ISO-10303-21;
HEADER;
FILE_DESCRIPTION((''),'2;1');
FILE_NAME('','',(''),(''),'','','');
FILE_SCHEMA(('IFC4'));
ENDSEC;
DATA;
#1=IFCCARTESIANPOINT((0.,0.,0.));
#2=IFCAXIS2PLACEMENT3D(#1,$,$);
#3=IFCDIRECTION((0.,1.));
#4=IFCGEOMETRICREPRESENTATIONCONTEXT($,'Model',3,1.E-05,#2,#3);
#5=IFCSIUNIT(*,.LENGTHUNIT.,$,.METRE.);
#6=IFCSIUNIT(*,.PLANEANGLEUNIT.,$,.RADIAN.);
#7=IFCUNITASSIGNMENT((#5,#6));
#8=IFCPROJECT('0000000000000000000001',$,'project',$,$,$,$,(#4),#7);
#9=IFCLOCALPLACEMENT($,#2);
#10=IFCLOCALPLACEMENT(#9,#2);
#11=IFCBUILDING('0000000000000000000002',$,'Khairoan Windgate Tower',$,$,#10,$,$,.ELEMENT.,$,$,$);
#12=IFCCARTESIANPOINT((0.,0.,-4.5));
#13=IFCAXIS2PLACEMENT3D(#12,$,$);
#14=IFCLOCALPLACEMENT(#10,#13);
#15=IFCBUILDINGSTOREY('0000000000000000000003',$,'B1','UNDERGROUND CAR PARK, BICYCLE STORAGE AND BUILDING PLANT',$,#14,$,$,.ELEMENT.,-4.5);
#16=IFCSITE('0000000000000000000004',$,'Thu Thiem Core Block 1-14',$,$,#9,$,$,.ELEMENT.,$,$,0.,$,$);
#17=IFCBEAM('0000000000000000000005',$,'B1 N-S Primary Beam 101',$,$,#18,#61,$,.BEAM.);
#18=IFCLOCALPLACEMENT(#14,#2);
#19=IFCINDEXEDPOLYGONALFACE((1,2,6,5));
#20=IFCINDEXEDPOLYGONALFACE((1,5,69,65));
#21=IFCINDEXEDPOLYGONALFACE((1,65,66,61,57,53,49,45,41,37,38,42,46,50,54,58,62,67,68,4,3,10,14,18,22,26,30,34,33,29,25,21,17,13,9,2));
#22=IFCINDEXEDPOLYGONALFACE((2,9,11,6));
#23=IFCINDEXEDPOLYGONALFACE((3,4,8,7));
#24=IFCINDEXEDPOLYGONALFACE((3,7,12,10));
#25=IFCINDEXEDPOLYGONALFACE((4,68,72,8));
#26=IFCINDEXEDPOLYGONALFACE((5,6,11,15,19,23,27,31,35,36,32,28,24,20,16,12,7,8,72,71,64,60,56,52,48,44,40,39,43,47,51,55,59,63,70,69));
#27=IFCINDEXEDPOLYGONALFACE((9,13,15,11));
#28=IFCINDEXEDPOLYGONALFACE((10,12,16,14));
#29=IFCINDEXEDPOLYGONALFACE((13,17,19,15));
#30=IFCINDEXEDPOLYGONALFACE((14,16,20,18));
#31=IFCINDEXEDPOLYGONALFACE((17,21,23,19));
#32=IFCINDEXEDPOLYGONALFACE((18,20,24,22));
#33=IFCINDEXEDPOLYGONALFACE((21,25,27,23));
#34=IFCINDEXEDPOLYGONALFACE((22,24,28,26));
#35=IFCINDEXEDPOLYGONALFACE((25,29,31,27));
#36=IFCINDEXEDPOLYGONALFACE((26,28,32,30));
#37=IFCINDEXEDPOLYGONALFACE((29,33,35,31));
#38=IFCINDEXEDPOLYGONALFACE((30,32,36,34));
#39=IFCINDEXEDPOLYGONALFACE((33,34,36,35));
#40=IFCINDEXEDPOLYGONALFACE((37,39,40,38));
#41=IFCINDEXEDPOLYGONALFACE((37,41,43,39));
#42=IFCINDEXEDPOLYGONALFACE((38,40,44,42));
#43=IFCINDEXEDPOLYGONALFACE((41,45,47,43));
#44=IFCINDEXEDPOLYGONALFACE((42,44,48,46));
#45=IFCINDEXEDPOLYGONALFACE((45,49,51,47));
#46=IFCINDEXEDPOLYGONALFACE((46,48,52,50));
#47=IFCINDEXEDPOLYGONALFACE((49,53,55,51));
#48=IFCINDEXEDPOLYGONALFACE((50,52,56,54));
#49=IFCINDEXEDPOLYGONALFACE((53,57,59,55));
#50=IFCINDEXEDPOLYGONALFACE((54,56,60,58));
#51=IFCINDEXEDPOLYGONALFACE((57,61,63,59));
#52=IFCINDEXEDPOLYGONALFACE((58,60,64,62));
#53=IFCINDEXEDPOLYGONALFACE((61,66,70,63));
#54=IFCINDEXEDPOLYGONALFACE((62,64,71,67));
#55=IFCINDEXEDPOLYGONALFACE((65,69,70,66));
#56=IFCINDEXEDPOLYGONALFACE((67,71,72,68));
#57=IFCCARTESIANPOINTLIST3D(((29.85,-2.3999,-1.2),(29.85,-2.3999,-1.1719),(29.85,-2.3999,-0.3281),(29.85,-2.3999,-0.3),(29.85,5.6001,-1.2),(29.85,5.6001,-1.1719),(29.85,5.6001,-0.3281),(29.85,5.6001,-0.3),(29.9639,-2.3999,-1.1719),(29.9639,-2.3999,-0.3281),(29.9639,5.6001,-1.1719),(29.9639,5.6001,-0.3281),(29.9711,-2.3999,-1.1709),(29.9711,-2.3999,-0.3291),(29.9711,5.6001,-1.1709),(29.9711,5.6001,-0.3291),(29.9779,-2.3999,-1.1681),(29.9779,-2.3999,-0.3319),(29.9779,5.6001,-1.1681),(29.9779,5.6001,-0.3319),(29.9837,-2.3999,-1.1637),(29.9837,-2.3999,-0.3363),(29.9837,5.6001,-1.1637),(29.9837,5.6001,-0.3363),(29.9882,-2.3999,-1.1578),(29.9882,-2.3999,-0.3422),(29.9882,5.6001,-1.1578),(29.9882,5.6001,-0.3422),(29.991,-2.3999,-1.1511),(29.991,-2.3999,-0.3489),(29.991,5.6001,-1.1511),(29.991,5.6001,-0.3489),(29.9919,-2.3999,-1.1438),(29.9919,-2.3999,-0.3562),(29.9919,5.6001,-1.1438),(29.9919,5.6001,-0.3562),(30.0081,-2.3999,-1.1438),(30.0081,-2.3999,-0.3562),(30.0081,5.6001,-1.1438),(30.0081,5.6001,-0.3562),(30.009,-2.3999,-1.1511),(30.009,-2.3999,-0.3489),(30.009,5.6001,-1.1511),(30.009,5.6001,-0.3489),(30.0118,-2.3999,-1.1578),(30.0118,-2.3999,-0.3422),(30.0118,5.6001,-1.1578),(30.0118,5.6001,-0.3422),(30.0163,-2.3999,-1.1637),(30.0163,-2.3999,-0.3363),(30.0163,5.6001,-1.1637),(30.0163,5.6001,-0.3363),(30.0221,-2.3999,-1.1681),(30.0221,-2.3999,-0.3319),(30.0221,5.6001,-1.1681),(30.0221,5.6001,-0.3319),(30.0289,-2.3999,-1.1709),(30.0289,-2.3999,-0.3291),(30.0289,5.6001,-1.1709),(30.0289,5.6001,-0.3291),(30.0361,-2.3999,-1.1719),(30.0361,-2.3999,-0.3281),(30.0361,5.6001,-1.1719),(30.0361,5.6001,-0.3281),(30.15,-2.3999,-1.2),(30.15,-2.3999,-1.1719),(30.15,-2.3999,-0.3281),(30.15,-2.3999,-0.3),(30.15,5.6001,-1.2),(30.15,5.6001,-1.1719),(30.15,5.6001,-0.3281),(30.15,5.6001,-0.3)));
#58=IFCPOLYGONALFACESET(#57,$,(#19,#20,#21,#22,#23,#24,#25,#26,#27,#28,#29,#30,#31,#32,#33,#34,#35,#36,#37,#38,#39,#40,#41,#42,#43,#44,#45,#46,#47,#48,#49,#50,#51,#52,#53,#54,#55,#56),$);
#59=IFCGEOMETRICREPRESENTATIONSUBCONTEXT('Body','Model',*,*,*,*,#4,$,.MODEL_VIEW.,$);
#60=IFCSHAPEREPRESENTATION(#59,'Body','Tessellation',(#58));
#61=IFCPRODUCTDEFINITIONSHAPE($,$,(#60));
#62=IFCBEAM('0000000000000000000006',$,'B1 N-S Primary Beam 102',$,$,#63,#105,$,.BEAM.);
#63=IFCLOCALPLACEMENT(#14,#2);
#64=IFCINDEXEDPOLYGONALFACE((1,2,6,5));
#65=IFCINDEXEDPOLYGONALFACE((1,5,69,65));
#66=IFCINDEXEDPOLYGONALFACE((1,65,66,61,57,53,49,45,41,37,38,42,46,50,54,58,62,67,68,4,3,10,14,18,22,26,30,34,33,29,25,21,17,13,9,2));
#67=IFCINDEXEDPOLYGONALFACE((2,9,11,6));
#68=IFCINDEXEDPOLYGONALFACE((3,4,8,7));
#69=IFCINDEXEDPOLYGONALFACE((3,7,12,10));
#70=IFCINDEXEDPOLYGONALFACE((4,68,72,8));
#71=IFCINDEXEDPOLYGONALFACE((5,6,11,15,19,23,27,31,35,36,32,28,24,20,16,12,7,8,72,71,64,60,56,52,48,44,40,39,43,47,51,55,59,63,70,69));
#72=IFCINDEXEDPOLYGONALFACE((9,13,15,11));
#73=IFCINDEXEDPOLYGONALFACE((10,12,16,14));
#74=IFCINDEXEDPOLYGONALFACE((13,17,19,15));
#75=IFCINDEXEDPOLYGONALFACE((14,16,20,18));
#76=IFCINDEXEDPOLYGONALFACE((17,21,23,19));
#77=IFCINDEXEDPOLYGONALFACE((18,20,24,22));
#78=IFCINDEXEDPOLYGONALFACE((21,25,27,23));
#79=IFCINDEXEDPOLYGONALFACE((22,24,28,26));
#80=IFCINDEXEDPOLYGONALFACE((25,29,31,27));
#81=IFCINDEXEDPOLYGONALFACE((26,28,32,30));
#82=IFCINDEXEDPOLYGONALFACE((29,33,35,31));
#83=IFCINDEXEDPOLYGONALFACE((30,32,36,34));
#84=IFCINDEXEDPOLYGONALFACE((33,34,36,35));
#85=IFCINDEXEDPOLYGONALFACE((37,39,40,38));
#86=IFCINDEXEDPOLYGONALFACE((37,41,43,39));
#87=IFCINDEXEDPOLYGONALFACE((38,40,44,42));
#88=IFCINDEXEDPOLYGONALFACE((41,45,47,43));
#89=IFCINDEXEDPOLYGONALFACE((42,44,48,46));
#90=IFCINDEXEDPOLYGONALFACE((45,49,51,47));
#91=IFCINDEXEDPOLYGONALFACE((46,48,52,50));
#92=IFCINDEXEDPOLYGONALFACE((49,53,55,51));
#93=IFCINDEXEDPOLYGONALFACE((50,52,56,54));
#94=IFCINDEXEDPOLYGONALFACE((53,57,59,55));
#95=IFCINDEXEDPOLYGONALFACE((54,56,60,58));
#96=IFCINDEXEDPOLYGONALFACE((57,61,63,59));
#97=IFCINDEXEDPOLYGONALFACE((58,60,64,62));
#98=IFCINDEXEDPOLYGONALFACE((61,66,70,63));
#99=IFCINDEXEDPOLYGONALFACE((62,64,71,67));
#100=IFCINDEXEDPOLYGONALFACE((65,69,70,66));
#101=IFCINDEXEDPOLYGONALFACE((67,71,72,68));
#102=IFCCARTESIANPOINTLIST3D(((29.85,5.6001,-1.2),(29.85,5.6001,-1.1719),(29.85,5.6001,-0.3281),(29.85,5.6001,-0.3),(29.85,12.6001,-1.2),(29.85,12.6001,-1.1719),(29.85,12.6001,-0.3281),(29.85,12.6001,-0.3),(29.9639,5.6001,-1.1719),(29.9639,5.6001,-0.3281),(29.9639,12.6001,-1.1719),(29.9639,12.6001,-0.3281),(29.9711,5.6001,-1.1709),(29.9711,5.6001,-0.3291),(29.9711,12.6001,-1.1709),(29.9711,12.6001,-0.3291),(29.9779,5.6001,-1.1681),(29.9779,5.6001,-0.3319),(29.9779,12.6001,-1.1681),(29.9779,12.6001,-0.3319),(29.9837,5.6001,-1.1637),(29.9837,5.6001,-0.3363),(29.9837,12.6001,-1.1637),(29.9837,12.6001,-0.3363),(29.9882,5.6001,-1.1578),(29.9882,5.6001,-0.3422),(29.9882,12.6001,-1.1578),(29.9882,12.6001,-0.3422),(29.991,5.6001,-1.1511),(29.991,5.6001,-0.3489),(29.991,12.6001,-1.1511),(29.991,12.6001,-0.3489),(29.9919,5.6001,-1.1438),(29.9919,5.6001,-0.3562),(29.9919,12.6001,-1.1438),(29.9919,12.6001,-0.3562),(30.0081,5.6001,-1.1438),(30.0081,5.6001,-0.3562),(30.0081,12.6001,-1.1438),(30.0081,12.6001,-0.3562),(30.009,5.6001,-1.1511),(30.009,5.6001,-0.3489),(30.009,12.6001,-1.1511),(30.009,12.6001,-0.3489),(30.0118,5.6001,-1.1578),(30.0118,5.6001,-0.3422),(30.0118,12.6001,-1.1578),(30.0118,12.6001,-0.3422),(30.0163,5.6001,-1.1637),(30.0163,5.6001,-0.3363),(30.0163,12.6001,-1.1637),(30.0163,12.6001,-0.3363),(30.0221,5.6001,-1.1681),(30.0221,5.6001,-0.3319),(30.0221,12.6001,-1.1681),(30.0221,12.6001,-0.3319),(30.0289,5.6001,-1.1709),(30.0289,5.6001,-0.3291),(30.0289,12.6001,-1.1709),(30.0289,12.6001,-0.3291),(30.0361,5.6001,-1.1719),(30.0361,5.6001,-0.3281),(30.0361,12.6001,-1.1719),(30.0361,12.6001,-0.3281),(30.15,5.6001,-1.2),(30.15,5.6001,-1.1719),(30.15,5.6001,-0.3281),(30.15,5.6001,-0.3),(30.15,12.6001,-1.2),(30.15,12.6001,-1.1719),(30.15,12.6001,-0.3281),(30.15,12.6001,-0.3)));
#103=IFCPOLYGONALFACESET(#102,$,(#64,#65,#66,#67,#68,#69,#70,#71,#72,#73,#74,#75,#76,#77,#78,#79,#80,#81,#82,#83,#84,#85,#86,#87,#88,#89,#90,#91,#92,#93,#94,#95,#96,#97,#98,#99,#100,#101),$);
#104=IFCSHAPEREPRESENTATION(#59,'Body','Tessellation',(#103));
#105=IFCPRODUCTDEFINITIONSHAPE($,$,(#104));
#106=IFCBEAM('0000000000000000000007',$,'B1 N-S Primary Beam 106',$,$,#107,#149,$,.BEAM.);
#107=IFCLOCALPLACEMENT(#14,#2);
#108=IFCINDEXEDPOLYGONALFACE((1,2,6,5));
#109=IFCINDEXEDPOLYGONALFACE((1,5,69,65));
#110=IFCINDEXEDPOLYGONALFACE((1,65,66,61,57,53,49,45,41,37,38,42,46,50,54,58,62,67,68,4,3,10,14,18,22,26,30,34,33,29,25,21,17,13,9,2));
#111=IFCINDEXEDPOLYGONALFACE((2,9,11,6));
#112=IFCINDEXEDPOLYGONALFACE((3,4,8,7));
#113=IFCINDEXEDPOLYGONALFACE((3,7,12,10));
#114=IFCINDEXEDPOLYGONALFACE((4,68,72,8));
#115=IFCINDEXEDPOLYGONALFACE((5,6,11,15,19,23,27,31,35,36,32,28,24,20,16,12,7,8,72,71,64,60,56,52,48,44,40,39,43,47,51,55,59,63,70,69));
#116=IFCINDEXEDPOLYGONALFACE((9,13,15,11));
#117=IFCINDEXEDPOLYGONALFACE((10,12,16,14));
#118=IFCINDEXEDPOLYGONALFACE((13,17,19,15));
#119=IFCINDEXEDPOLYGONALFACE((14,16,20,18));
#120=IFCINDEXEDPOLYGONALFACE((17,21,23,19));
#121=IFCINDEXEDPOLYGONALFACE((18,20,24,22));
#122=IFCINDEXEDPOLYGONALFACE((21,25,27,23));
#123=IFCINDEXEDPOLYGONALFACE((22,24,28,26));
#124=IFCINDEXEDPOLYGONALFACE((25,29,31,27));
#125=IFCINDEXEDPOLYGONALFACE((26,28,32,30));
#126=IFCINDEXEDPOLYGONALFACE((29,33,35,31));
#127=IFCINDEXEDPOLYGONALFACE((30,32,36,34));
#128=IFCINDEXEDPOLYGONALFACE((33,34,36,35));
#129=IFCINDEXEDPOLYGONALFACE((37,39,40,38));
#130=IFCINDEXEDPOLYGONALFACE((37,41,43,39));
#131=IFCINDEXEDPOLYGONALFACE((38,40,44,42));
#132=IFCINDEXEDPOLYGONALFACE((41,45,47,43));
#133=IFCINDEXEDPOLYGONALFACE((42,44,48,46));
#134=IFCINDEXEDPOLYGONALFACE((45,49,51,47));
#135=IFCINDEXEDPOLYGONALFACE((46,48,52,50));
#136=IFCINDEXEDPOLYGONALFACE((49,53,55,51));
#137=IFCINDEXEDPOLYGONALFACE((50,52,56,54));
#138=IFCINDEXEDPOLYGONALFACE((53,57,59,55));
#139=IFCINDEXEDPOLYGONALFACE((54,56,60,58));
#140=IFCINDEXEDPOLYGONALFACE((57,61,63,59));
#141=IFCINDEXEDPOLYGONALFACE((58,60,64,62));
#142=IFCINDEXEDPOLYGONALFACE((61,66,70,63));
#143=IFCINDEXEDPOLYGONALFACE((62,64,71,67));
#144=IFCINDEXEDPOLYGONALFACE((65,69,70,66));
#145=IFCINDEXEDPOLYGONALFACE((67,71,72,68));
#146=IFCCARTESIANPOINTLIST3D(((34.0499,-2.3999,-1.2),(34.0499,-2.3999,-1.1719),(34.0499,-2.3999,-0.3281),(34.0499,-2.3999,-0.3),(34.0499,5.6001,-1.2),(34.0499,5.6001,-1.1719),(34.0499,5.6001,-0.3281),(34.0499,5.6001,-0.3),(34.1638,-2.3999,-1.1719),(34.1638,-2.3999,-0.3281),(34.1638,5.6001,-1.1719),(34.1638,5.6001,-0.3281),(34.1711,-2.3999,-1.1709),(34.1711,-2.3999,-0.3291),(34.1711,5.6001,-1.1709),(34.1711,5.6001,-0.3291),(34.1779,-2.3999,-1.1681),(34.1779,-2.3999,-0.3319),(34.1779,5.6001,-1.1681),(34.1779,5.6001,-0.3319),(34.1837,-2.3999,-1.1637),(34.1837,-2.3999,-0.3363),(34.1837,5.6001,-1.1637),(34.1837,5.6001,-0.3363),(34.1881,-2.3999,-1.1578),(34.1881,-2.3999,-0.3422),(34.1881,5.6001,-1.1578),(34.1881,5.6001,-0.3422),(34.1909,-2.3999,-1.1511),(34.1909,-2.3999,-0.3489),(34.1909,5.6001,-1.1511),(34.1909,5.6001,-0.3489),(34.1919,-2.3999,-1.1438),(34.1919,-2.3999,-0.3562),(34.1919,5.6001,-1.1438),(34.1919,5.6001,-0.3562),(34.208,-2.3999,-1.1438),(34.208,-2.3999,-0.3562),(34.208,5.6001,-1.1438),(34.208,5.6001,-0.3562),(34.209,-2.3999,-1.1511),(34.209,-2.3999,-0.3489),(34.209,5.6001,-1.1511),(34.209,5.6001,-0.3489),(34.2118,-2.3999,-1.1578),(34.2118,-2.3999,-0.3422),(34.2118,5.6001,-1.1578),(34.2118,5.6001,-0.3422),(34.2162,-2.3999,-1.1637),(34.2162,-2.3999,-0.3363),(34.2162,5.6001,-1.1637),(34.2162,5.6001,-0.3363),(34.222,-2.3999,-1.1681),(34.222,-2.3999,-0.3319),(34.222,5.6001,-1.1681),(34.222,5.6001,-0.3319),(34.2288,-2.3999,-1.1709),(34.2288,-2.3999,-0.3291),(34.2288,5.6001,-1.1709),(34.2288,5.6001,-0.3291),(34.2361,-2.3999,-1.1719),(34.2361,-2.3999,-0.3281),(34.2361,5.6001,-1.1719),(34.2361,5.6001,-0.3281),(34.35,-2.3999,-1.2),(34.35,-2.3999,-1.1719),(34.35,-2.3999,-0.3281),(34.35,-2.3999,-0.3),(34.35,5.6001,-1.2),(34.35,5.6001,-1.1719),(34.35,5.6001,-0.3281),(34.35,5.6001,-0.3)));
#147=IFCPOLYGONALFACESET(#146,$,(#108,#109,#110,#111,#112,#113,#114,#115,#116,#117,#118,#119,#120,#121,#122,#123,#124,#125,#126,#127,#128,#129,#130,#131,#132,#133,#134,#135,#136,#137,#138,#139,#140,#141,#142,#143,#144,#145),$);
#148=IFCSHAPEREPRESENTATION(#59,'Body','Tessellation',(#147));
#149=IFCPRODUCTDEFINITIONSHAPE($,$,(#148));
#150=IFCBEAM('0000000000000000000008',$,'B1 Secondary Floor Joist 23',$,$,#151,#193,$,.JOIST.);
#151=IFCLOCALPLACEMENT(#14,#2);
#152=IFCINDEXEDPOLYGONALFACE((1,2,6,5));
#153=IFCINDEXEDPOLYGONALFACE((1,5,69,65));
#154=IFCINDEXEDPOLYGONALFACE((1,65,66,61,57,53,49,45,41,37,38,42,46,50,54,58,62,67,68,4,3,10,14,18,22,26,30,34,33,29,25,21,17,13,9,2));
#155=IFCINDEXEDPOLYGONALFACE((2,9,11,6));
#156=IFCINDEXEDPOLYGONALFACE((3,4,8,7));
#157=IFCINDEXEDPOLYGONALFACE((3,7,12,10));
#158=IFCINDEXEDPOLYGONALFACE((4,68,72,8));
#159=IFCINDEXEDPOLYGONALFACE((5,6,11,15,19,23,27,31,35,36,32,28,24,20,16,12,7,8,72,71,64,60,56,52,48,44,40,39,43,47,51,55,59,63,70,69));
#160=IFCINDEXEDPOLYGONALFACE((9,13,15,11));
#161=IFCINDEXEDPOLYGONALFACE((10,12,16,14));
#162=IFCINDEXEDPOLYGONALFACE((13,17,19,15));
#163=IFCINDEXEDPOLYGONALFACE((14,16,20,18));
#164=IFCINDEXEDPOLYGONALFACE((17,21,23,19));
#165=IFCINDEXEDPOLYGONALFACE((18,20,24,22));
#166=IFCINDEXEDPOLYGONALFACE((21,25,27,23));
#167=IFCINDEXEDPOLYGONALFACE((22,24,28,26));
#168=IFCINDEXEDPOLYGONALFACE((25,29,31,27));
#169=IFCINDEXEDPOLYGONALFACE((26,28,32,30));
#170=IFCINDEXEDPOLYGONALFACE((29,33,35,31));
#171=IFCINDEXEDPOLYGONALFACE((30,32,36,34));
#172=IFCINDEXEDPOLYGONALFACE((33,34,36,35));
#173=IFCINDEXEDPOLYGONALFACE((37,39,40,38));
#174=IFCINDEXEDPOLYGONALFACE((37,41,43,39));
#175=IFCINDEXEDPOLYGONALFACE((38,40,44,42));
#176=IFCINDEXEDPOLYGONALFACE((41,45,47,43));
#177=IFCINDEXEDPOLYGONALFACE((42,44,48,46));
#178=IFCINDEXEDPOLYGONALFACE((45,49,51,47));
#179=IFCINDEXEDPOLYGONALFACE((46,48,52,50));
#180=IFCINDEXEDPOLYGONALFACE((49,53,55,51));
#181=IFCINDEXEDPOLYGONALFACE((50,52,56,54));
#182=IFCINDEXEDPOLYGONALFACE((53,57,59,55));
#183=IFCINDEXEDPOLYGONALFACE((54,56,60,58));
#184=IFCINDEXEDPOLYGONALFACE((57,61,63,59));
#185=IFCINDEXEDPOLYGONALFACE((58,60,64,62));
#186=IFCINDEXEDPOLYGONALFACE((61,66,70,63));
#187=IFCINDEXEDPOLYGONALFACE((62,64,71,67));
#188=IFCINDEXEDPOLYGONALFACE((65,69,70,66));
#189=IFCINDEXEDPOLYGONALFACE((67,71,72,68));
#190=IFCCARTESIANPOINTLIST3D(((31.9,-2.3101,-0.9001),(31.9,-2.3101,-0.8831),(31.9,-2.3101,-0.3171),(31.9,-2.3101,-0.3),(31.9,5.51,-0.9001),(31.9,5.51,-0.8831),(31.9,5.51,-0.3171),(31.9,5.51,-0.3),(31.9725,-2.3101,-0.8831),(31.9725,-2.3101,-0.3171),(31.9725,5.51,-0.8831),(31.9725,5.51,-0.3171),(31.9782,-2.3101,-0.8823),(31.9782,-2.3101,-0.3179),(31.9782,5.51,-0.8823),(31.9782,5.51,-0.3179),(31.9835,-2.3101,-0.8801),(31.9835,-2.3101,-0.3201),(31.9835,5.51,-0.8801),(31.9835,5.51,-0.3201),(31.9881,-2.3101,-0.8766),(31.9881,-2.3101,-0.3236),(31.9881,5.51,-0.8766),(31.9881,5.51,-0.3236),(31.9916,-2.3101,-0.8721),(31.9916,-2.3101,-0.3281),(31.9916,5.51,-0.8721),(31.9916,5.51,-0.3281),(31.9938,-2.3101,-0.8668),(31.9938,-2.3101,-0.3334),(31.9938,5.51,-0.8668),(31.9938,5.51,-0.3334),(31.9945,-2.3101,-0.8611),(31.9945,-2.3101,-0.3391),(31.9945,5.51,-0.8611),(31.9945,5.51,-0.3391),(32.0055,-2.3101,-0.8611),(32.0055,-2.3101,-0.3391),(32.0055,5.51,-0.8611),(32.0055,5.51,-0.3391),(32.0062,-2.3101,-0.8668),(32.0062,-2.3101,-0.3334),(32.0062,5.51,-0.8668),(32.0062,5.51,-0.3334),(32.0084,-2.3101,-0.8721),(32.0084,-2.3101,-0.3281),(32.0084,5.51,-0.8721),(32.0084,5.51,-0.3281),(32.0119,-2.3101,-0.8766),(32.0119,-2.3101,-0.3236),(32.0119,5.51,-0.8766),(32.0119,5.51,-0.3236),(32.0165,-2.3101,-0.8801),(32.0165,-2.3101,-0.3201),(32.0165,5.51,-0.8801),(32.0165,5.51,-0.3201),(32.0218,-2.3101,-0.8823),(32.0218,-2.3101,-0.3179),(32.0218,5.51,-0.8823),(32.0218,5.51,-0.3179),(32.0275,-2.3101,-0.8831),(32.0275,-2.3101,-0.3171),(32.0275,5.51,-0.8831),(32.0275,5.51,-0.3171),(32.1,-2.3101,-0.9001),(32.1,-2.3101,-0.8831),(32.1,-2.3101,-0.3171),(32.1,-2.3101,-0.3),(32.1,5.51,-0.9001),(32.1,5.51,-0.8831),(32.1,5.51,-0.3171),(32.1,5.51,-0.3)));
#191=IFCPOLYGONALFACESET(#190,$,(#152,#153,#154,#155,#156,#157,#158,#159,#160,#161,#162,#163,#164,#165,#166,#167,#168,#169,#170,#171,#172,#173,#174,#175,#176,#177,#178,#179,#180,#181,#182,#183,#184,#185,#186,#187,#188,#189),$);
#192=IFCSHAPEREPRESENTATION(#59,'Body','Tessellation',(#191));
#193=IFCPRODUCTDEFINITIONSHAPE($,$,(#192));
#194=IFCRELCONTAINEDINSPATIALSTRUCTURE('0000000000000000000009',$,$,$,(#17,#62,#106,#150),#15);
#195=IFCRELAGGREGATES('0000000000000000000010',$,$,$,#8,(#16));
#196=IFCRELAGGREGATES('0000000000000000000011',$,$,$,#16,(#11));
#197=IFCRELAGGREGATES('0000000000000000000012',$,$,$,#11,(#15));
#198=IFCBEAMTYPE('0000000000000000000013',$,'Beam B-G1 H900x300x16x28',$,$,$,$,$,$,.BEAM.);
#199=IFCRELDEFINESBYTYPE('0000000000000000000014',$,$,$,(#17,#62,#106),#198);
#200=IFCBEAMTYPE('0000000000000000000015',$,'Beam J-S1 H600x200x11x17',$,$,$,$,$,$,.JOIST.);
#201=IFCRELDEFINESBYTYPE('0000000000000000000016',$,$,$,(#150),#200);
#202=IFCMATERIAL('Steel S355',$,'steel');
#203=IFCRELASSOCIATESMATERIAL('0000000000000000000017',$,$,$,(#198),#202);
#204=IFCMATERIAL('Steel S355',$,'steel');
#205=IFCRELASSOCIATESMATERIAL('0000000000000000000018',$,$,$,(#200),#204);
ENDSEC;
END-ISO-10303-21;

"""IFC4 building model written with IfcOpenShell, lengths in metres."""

from ifc_helpers import new_model, si_unit, direction, frame, origin, origin_2d, place, context, subcontext, project, spatial, i_section, extrude, material, material_profile, profile_set, type_object, element, save


model = new_model("IFC4")

# Units and contexts
model_context = context("Model", 3, precision=1e-05, world=origin(), true_north=direction((0.0, 1.0)))
body_context = subcontext(model_context, "Body", "Model", "MODEL_VIEW")
ifc_project = project(units=[si_unit("LENGTHUNIT", "METRE"), si_unit("PLANEANGLEUNIT", "RADIAN")], contexts=[model_context])

# Site, building, storey
site_placement = place(None, origin())
site = spatial("IfcSite", under=ifc_project, at=site_placement, Name="Thu Thiem Core Block 1-14", CompositionType="ELEMENT", RefElevation=0.0)
building_placement = place(site_placement, origin())
building = spatial("IfcBuilding", under=site, at=building_placement, Name="Khairoan Windgate Tower", CompositionType="ELEMENT")
storey_placement = place(building_placement, frame((0.0, 0.0, -4.5)))
storey = spatial("IfcBuildingStorey", under=building, at=storey_placement, Name="B1", Description="UNDERGROUND CAR PARK, BICYCLE STORAGE AND BUILDING PLANT", CompositionType="ELEMENT", Elevation=-4.5)

# Beams
ifc_material_1 = material(Name="Steel S355", Category="steel")
ifc_material_profile_1 = material_profile(ifc_material_1, i_section(OverallWidth=0.3, OverallDepth=0.8999, WebThickness=0.0161, FlangeThickness=0.0281, FilletRadius=0.0281, at=origin_2d()))
ifc_profile_set_1 = profile_set([ifc_material_profile_1], Name="Steel S355")
beam_type_1 = type_object("IfcBeamType", Name="Beam B-G1 H900x300x16x28", PredefinedType="BEAM", material=ifc_profile_set_1)
beam_1_placement = place(storey_placement, frame((30.0, -2.3999, -0.75), z_axis=(0.0, 1.0, 0.0), x_axis=(-1.0, 0.0, 0.0)))
element("IfcBeam", 1, at=beam_1_placement, inside=storey, type_object=beam_type_1, Name="B1 N-S Primary Beam 101", PredefinedType="BEAM", context=body_context, shape_type="SweptSolid", body=[
    extrude(i_section(OverallWidth=0.3, OverallDepth=0.8999, WebThickness=0.0161, FlangeThickness=0.0281, FilletRadius=0.0281, at=origin_2d()), origin(), (0.0, 0.0, 1.0), 8.0),
])
beam_2_placement = place(storey_placement, frame((30.0, 5.6001, -0.75), z_axis=(0.0, 1.0, 0.0), x_axis=(-1.0, 0.0, 0.0)))
element("IfcBeam", 2, at=beam_2_placement, inside=storey, type_object=beam_type_1, Name="B1 N-S Primary Beam 102", PredefinedType="BEAM", context=body_context, shape_type="SweptSolid", body=[
    extrude(i_section(OverallWidth=0.3, OverallDepth=0.8999, WebThickness=0.0161, FlangeThickness=0.0281, FilletRadius=0.0281, at=origin_2d()), origin(), (0.0, 0.0, 1.0), 7.0),
])
beam_3_placement = place(storey_placement, frame((34.2, -2.3999, -0.75), z_axis=(0.0, 1.0, 0.0), x_axis=(-1.0, 0.0, 0.0)))
element("IfcBeam", 3, at=beam_3_placement, inside=storey, type_object=beam_type_1, Name="B1 N-S Primary Beam 106", PredefinedType="BEAM", context=body_context, shape_type="SweptSolid", body=[
    extrude(i_section(OverallWidth=0.3, OverallDepth=0.8999, WebThickness=0.0161, FlangeThickness=0.0281, FilletRadius=0.0281, at=origin_2d()), origin(), (0.0, 0.0, 1.0), 8.0),
])
ifc_material_2 = material(Name="Steel S355", Category="steel")
ifc_material_profile_2 = material_profile(ifc_material_2, i_section(OverallWidth=0.2, OverallDepth=0.6001, WebThickness=0.011, FlangeThickness=0.0171, FilletRadius=0.022, at=origin_2d()))
ifc_profile_set_2 = profile_set([ifc_material_profile_2], Name="Steel S355")
beam_type_2 = type_object("IfcBeamType", Name="Beam J-S1 H600x200x11x17", PredefinedType="JOIST", material=ifc_profile_set_2)
beam_4_placement = place(storey_placement, frame((32.0, -2.3101, -0.6001), z_axis=(0.0, 1.0, 0.0), x_axis=(-1.0, 0.0, 0.0)))
element("IfcBeam", 4, at=beam_4_placement, inside=storey, type_object=beam_type_2, Name="B1 Secondary Floor Joist 23", PredefinedType="JOIST", context=body_context, shape_type="SweptSolid", body=[
    extrude(i_section(OverallWidth=0.2, OverallDepth=0.6001, WebThickness=0.011, FlangeThickness=0.0171, FilletRadius=0.022, at=origin_2d()), origin(), (0.0, 0.0, 1.0), 7.8201),
])

save(model, "model.ifc")
